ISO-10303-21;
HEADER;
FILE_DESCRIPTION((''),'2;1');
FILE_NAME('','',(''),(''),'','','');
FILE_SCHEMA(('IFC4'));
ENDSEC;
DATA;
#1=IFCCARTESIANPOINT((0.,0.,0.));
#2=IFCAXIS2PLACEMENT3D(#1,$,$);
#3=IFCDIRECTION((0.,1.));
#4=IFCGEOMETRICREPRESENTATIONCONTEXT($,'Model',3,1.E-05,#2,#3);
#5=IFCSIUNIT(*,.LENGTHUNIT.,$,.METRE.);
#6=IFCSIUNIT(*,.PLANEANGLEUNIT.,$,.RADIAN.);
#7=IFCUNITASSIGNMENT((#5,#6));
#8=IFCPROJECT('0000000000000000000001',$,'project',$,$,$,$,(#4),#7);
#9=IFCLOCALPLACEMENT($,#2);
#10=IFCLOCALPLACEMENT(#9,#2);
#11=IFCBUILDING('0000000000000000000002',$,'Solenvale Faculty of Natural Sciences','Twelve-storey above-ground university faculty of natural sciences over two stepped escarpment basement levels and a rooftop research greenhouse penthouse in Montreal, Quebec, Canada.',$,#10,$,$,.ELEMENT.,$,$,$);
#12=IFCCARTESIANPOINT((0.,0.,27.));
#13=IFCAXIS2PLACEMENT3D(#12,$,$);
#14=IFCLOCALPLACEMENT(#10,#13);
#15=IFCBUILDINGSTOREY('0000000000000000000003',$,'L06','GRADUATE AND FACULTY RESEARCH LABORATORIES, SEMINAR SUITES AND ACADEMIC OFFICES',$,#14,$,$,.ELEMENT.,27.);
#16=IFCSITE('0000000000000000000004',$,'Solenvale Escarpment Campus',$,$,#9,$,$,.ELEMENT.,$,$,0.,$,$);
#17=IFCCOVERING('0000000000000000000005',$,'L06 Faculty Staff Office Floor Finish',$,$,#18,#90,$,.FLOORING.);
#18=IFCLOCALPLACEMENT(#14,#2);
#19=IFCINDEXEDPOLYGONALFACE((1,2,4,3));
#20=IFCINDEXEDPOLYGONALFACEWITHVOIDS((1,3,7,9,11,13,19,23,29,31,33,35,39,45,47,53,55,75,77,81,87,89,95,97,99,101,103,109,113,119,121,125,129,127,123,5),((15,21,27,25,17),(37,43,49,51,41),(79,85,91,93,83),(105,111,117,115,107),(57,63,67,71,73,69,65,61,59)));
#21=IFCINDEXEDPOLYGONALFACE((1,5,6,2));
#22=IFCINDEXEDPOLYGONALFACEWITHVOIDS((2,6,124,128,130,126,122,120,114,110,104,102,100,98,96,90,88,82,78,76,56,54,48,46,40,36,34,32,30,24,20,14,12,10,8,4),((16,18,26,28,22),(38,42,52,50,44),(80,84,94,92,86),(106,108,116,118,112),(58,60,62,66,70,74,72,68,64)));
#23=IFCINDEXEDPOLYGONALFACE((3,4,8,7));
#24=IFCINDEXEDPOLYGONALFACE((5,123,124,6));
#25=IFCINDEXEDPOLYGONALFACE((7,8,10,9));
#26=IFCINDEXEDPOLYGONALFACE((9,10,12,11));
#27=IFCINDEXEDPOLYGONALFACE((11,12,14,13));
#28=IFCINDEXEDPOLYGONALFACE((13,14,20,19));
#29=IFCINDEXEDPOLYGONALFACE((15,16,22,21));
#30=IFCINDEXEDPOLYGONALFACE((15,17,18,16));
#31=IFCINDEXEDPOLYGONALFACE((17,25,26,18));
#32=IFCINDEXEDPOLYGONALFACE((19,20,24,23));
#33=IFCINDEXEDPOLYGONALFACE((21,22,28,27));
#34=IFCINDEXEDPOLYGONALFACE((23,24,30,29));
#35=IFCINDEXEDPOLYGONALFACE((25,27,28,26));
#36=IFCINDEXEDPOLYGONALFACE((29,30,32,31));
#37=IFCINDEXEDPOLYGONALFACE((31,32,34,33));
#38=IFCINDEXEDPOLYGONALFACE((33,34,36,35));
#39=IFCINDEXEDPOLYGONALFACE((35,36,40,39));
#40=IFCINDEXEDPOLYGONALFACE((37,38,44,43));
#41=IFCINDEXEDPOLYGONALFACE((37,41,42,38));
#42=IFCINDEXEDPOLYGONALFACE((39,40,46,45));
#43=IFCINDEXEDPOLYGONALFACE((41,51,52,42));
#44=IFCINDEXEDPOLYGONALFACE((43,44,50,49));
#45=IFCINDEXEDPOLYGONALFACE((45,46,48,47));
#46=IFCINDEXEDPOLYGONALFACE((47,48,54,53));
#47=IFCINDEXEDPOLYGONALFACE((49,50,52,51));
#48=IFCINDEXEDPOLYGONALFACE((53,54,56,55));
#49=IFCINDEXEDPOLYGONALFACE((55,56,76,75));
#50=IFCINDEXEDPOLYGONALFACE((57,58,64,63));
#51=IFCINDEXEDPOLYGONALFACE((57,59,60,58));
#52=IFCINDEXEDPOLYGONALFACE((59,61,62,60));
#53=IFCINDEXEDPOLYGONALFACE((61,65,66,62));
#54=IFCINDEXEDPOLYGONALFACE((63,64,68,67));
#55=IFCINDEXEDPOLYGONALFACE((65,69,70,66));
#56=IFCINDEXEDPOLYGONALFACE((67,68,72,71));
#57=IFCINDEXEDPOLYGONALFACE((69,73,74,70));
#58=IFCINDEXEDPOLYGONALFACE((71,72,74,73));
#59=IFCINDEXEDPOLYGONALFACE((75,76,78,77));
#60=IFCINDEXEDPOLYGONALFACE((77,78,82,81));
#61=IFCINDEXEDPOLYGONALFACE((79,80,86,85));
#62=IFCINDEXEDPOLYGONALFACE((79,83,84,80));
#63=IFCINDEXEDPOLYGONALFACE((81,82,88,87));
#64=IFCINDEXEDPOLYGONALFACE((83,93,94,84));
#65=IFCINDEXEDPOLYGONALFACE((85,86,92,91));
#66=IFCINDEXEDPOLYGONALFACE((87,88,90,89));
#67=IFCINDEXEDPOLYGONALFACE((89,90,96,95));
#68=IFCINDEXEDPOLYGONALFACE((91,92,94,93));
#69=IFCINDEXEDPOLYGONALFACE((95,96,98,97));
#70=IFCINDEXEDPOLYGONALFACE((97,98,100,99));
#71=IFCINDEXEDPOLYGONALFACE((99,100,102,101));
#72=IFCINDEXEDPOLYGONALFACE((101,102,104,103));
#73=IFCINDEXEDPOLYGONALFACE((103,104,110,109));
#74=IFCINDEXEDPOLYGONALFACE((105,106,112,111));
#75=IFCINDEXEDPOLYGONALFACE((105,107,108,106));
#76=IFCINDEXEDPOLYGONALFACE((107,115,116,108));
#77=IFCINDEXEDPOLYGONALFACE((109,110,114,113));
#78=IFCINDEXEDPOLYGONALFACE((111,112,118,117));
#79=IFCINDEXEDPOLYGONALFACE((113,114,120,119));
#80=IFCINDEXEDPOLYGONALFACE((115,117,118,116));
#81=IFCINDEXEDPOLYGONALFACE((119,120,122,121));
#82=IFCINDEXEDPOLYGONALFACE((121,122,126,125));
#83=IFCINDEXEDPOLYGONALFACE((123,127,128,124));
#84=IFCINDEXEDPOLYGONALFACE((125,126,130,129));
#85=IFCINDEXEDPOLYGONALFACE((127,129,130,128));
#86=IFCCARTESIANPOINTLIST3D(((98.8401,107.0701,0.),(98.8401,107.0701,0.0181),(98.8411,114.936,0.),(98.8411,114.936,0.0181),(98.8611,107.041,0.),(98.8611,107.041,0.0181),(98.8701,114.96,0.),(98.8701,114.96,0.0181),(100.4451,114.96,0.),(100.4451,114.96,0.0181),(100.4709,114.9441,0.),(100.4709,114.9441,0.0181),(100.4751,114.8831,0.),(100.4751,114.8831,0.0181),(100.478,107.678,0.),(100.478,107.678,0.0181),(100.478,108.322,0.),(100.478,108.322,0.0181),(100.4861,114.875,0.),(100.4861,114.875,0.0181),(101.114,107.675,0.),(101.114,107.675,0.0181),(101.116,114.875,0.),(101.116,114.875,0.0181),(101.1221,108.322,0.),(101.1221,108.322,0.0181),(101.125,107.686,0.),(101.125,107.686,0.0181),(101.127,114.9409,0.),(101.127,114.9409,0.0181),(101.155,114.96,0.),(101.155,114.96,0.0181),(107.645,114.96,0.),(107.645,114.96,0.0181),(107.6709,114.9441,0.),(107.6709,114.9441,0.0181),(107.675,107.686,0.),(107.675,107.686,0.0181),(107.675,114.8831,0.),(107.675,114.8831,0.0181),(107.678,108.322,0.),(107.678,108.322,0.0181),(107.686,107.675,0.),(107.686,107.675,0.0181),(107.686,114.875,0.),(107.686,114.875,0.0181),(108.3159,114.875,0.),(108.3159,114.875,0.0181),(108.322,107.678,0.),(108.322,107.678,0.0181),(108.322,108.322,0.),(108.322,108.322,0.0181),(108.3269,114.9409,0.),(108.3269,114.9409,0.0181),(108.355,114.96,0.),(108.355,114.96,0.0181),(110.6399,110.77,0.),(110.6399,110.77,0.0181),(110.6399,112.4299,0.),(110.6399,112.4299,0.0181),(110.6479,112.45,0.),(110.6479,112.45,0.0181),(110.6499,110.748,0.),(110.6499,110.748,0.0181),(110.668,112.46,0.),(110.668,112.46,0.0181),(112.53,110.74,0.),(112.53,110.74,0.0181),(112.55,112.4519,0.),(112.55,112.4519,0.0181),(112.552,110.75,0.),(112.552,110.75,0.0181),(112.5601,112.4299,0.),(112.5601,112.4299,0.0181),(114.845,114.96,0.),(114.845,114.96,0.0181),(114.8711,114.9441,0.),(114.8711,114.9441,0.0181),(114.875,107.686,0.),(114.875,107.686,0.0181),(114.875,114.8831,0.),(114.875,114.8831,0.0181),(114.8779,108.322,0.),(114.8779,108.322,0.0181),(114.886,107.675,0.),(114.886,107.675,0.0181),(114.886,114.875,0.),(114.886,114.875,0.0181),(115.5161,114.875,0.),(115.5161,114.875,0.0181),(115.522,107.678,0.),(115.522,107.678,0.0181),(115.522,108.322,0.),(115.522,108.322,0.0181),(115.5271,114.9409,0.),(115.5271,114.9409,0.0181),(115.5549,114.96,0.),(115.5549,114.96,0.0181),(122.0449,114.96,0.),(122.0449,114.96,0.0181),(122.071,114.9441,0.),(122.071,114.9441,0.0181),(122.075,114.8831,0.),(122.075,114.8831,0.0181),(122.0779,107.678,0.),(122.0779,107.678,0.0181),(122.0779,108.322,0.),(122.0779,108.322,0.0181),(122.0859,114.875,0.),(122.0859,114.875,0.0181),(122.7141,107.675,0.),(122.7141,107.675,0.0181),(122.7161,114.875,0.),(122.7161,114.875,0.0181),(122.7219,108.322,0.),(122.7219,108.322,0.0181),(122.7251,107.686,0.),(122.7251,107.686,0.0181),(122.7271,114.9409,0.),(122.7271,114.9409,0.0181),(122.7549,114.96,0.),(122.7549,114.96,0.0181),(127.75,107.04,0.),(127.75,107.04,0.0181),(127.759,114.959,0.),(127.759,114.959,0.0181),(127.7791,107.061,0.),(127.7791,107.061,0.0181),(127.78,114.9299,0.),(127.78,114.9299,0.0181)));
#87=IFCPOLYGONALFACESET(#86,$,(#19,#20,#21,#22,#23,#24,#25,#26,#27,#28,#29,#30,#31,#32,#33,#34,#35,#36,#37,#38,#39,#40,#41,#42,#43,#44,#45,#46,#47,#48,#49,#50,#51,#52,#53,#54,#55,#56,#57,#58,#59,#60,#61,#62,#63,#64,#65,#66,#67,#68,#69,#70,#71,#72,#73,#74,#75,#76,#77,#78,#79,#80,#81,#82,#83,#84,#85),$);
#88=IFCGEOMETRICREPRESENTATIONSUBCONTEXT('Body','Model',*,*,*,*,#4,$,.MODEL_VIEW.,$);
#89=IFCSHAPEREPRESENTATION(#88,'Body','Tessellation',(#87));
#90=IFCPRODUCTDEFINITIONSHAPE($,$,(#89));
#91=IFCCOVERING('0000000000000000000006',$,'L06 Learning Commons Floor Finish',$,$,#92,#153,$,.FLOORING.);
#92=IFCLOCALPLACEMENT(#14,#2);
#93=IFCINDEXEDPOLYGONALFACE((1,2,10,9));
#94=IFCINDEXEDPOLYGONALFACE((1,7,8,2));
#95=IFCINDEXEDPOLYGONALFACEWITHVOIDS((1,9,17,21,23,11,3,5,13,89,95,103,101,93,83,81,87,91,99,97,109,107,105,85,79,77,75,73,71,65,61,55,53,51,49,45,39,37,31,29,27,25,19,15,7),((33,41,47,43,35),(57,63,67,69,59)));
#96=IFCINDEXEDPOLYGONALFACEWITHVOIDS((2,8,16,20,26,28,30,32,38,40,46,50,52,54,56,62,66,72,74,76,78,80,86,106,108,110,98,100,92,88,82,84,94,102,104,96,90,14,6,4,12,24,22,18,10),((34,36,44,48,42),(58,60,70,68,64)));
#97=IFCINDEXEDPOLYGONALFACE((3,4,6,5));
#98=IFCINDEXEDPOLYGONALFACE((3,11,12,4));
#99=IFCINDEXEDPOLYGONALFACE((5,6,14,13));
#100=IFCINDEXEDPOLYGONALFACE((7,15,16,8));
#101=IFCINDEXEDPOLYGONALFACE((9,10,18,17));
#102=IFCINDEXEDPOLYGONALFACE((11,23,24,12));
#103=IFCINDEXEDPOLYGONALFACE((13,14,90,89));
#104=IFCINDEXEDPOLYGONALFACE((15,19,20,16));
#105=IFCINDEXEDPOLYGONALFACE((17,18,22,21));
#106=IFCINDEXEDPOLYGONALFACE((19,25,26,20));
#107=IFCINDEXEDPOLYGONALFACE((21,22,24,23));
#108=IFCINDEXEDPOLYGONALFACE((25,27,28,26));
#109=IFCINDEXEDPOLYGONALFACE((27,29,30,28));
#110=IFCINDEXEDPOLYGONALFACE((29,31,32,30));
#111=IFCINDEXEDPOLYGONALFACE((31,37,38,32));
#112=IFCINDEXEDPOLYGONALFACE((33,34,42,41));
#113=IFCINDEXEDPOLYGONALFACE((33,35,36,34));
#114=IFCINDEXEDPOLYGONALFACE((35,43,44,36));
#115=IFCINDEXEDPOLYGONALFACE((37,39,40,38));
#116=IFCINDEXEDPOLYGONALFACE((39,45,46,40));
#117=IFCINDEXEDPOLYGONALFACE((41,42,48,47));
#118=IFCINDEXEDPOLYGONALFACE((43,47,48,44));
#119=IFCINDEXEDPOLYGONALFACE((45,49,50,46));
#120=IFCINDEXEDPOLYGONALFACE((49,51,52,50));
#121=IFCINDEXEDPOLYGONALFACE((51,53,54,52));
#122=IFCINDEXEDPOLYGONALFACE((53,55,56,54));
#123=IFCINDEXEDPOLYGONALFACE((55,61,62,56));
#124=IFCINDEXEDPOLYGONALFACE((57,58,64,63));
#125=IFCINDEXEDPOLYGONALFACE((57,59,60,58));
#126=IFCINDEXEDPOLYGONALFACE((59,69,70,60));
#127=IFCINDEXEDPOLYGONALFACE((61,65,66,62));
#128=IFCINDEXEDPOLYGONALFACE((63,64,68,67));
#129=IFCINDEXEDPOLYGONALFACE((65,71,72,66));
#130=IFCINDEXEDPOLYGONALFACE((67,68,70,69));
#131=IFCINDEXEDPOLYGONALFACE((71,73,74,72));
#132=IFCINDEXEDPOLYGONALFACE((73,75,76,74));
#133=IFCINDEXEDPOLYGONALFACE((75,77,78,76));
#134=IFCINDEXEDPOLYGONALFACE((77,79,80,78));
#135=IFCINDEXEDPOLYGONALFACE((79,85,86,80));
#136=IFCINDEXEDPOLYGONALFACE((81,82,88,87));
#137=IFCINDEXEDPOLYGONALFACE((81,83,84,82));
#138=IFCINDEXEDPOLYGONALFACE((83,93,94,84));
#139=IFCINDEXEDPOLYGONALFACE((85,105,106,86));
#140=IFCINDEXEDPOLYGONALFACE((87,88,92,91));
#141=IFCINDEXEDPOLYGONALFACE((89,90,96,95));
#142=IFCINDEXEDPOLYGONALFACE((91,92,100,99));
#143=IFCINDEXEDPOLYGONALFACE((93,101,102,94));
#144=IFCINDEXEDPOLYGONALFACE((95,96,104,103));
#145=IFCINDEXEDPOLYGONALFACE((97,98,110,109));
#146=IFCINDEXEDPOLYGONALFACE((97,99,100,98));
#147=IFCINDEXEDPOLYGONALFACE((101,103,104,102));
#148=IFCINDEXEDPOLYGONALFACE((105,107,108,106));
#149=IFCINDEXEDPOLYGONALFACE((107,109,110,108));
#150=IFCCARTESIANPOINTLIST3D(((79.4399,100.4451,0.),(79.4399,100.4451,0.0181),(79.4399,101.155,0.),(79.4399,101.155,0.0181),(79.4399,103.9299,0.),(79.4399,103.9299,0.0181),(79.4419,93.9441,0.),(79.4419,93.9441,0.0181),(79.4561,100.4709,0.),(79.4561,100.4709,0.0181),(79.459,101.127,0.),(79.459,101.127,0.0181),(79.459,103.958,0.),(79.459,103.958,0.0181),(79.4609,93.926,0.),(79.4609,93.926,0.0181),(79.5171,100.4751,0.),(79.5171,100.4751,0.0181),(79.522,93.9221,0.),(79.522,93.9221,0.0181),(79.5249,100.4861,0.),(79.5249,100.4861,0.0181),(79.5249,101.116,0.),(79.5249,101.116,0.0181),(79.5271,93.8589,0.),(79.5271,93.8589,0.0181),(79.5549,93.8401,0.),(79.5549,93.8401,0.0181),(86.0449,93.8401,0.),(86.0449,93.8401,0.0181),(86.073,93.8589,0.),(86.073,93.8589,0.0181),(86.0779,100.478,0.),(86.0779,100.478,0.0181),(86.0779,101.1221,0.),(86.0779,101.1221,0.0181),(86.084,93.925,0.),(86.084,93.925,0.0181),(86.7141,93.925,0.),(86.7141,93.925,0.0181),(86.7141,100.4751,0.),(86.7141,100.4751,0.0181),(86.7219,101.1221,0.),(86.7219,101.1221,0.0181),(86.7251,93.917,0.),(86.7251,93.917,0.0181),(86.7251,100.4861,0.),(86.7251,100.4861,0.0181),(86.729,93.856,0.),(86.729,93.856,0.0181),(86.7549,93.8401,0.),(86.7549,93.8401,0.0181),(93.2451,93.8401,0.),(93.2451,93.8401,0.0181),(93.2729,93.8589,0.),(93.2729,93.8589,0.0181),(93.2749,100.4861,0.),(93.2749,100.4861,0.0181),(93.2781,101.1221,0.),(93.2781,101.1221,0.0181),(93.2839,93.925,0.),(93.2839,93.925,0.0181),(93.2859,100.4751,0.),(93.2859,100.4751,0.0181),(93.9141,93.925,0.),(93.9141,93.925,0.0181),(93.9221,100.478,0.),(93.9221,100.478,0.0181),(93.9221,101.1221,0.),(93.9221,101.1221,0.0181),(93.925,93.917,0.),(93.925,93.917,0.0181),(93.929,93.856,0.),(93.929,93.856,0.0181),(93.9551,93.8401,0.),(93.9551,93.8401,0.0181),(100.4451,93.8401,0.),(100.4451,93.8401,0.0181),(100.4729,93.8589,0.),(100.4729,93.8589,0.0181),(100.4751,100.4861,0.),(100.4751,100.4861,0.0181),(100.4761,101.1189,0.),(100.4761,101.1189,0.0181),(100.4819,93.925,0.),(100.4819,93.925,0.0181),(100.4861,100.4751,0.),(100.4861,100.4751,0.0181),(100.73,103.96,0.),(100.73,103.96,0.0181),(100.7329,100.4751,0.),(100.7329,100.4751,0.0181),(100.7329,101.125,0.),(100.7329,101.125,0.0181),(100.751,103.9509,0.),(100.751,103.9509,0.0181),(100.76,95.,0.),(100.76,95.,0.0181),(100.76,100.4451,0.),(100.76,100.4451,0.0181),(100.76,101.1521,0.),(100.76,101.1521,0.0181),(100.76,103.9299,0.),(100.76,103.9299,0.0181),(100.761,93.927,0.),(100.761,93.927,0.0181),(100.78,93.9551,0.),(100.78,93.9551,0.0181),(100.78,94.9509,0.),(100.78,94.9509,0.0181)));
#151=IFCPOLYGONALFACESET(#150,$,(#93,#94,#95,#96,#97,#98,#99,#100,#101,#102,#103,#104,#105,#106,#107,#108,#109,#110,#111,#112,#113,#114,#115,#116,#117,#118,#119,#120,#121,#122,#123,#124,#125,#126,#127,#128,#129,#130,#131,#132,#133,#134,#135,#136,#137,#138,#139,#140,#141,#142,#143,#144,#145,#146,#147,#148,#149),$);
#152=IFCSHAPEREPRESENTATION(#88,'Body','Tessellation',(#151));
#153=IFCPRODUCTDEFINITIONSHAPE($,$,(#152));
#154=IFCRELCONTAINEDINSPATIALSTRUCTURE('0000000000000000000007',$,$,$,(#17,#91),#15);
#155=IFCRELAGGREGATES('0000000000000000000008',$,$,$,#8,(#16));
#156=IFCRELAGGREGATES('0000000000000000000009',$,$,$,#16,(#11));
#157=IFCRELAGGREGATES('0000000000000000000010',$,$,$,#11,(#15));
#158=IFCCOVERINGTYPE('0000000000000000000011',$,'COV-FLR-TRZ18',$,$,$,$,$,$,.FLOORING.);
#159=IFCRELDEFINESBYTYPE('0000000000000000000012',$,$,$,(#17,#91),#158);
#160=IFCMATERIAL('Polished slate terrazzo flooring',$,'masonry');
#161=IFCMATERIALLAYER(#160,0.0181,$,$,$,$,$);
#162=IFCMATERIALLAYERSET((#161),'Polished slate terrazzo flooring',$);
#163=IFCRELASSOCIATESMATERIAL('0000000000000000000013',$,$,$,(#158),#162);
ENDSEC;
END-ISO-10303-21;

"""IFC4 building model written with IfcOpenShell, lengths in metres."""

from ifc_helpers import new_model, si_unit, direction, frame, origin, place, context, subcontext, project, spatial, polyline, outline, extrude, material, layer, layer_set, type_object, element, save


model = new_model("IFC4")

# Units and contexts
model_context = context("Model", 3, precision=1e-05, world=origin(), true_north=direction((0.0, 1.0)))
body_context = subcontext(model_context, "Body", "Model", "MODEL_VIEW")
ifc_project = project(units=[si_unit("LENGTHUNIT", "METRE"), si_unit("PLANEANGLEUNIT", "RADIAN")], contexts=[model_context])

# Site, building, storey
site_placement = place(None, origin())
site = spatial("IfcSite", under=ifc_project, at=site_placement, Name="Solenvale Escarpment Campus", CompositionType="ELEMENT", RefElevation=0.0)
building_placement = place(site_placement, origin())
building = spatial("IfcBuilding", under=site, at=building_placement, Name="Solenvale Faculty of Natural Sciences", Description="Twelve-storey above-ground university faculty of natural sciences over two stepped escarpment basement levels and a rooftop research greenhouse penthouse in Montreal, Quebec, Canada.", CompositionType="ELEMENT")
storey_placement = place(building_placement, frame((0.0, 0.0, 27.0)))
storey = spatial("IfcBuildingStorey", under=building, at=storey_placement, Name="L06", Description="GRADUATE AND FACULTY RESEARCH LABORATORIES, SEMINAR SUITES AND ACADEMIC OFFICES", CompositionType="ELEMENT", Elevation=27.0)

# Coverings
ifc_material_1 = material(Name="Polished slate terrazzo flooring", Category="masonry")
ifc_layer_1 = layer(ifc_material_1, 0.0181)
ifc_layer_set_1 = layer_set([ifc_layer_1], Name="Polished slate terrazzo flooring")
covering_type_1 = type_object("IfcCoveringType", Name="COV-FLR-TRZ18", PredefinedType="FLOORING", material=ifc_layer_set_1)
covering_1_placement = place(storey_placement, origin())
element("IfcCovering", 1, at=covering_1_placement, inside=storey, type_object=covering_type_1, Name="L06 Faculty Staff Office Floor Finish", PredefinedType="FLOORING", context=body_context, shape_type="SweptSolid", body=[
    extrude(outline(polyline([(100.4451, 114.96), (100.4709, 114.9441), (100.4751, 114.8831), (100.4861, 114.875), (101.116, 114.875), (101.127, 114.9409), (101.155, 114.96), (107.645, 114.96), (107.6709, 114.9441), (107.675, 114.8831), (107.686, 114.875), (108.3159, 114.875), (108.3269, 114.9409), (108.355, 114.96), (114.845, 114.96), (114.8711, 114.9441), (114.875, 114.8831), (114.886, 114.875), (115.5161, 114.875), (115.5271, 114.9409), (115.5549, 114.96), (122.0449, 114.96), (122.071, 114.9441), (122.075, 114.8831), (122.0859, 114.875), (122.7161, 114.875), (122.7271, 114.9409), (122.7549, 114.96), (127.759, 114.959), (127.78, 114.9299), (127.7791, 107.061), (127.75, 107.04), (98.8611, 107.041), (98.8401, 107.0701), (98.8411, 114.936), (98.8701, 114.96), (100.4451, 114.96)]), holes=[polyline([(122.7141, 107.675), (122.7251, 107.686), (122.7219, 108.322), (122.0779, 108.322), (122.0779, 107.678), (122.7141, 107.675)]), polyline([(114.875, 107.686), (114.886, 107.675), (115.522, 107.678), (115.522, 108.322), (114.8779, 108.322), (114.875, 107.686)]), polyline([(110.668, 112.46), (110.6479, 112.45), (110.6399, 112.4299), (110.6399, 110.77), (110.6499, 110.748), (112.53, 110.74), (112.552, 110.75), (112.5601, 112.4299), (112.55, 112.4519), (110.668, 112.46)]), polyline([(107.675, 107.686), (107.686, 107.675), (108.322, 107.678), (108.322, 108.322), (107.678, 108.322), (107.675, 107.686)]), polyline([(101.114, 107.675), (101.125, 107.686), (101.1221, 108.322), (100.478, 108.322), (100.478, 107.678), (101.114, 107.675)])]), origin(), (0.0, 0.0, 1.0), 0.0181),
])
covering_2_placement = place(storey_placement, origin())
element("IfcCovering", 2, at=covering_2_placement, inside=storey, type_object=covering_type_1, Name="L06 Learning Commons Floor Finish", PredefinedType="FLOORING", context=body_context, shape_type="SweptSolid", body=[
    extrude(outline(polyline([(100.73, 103.96), (100.751, 103.9509), (100.76, 103.9299), (100.76, 101.1521), (100.7329, 101.125), (100.4761, 101.1189), (100.4751, 100.4861), (100.4861, 100.4751), (100.7329, 100.4751), (100.76, 100.4451), (100.76, 95.0), (100.78, 94.9509), (100.78, 93.9551), (100.761, 93.927), (100.4819, 93.925), (100.4729, 93.8589), (100.4451, 93.8401), (93.9551, 93.8401), (93.929, 93.856), (93.925, 93.917), (93.9141, 93.925), (93.2839, 93.925), (93.2729, 93.8589), (93.2451, 93.8401), (86.7549, 93.8401), (86.729, 93.856), (86.7251, 93.917), (86.7141, 93.925), (86.084, 93.925), (86.073, 93.8589), (86.0449, 93.8401), (79.5549, 93.8401), (79.5271, 93.8589), (79.522, 93.9221), (79.4609, 93.926), (79.4419, 93.9441), (79.4399, 100.4451), (79.4561, 100.4709), (79.5171, 100.4751), (79.5249, 100.4861), (79.5249, 101.116), (79.459, 101.127), (79.4399, 101.155), (79.4399, 103.9299), (79.459, 103.958), (100.73, 103.96)]), holes=[polyline([(93.2749, 100.4861), (93.2859, 100.4751), (93.9221, 100.478), (93.9221, 101.1221), (93.2781, 101.1221), (93.2749, 100.4861)]), polyline([(86.7141, 100.4751), (86.7251, 100.4861), (86.7219, 101.1221), (86.0779, 101.1221), (86.0779, 100.478), (86.7141, 100.4751)])]), origin(), (0.0, 0.0, 1.0), 0.0181),
])

save(model, "model.ifc")
